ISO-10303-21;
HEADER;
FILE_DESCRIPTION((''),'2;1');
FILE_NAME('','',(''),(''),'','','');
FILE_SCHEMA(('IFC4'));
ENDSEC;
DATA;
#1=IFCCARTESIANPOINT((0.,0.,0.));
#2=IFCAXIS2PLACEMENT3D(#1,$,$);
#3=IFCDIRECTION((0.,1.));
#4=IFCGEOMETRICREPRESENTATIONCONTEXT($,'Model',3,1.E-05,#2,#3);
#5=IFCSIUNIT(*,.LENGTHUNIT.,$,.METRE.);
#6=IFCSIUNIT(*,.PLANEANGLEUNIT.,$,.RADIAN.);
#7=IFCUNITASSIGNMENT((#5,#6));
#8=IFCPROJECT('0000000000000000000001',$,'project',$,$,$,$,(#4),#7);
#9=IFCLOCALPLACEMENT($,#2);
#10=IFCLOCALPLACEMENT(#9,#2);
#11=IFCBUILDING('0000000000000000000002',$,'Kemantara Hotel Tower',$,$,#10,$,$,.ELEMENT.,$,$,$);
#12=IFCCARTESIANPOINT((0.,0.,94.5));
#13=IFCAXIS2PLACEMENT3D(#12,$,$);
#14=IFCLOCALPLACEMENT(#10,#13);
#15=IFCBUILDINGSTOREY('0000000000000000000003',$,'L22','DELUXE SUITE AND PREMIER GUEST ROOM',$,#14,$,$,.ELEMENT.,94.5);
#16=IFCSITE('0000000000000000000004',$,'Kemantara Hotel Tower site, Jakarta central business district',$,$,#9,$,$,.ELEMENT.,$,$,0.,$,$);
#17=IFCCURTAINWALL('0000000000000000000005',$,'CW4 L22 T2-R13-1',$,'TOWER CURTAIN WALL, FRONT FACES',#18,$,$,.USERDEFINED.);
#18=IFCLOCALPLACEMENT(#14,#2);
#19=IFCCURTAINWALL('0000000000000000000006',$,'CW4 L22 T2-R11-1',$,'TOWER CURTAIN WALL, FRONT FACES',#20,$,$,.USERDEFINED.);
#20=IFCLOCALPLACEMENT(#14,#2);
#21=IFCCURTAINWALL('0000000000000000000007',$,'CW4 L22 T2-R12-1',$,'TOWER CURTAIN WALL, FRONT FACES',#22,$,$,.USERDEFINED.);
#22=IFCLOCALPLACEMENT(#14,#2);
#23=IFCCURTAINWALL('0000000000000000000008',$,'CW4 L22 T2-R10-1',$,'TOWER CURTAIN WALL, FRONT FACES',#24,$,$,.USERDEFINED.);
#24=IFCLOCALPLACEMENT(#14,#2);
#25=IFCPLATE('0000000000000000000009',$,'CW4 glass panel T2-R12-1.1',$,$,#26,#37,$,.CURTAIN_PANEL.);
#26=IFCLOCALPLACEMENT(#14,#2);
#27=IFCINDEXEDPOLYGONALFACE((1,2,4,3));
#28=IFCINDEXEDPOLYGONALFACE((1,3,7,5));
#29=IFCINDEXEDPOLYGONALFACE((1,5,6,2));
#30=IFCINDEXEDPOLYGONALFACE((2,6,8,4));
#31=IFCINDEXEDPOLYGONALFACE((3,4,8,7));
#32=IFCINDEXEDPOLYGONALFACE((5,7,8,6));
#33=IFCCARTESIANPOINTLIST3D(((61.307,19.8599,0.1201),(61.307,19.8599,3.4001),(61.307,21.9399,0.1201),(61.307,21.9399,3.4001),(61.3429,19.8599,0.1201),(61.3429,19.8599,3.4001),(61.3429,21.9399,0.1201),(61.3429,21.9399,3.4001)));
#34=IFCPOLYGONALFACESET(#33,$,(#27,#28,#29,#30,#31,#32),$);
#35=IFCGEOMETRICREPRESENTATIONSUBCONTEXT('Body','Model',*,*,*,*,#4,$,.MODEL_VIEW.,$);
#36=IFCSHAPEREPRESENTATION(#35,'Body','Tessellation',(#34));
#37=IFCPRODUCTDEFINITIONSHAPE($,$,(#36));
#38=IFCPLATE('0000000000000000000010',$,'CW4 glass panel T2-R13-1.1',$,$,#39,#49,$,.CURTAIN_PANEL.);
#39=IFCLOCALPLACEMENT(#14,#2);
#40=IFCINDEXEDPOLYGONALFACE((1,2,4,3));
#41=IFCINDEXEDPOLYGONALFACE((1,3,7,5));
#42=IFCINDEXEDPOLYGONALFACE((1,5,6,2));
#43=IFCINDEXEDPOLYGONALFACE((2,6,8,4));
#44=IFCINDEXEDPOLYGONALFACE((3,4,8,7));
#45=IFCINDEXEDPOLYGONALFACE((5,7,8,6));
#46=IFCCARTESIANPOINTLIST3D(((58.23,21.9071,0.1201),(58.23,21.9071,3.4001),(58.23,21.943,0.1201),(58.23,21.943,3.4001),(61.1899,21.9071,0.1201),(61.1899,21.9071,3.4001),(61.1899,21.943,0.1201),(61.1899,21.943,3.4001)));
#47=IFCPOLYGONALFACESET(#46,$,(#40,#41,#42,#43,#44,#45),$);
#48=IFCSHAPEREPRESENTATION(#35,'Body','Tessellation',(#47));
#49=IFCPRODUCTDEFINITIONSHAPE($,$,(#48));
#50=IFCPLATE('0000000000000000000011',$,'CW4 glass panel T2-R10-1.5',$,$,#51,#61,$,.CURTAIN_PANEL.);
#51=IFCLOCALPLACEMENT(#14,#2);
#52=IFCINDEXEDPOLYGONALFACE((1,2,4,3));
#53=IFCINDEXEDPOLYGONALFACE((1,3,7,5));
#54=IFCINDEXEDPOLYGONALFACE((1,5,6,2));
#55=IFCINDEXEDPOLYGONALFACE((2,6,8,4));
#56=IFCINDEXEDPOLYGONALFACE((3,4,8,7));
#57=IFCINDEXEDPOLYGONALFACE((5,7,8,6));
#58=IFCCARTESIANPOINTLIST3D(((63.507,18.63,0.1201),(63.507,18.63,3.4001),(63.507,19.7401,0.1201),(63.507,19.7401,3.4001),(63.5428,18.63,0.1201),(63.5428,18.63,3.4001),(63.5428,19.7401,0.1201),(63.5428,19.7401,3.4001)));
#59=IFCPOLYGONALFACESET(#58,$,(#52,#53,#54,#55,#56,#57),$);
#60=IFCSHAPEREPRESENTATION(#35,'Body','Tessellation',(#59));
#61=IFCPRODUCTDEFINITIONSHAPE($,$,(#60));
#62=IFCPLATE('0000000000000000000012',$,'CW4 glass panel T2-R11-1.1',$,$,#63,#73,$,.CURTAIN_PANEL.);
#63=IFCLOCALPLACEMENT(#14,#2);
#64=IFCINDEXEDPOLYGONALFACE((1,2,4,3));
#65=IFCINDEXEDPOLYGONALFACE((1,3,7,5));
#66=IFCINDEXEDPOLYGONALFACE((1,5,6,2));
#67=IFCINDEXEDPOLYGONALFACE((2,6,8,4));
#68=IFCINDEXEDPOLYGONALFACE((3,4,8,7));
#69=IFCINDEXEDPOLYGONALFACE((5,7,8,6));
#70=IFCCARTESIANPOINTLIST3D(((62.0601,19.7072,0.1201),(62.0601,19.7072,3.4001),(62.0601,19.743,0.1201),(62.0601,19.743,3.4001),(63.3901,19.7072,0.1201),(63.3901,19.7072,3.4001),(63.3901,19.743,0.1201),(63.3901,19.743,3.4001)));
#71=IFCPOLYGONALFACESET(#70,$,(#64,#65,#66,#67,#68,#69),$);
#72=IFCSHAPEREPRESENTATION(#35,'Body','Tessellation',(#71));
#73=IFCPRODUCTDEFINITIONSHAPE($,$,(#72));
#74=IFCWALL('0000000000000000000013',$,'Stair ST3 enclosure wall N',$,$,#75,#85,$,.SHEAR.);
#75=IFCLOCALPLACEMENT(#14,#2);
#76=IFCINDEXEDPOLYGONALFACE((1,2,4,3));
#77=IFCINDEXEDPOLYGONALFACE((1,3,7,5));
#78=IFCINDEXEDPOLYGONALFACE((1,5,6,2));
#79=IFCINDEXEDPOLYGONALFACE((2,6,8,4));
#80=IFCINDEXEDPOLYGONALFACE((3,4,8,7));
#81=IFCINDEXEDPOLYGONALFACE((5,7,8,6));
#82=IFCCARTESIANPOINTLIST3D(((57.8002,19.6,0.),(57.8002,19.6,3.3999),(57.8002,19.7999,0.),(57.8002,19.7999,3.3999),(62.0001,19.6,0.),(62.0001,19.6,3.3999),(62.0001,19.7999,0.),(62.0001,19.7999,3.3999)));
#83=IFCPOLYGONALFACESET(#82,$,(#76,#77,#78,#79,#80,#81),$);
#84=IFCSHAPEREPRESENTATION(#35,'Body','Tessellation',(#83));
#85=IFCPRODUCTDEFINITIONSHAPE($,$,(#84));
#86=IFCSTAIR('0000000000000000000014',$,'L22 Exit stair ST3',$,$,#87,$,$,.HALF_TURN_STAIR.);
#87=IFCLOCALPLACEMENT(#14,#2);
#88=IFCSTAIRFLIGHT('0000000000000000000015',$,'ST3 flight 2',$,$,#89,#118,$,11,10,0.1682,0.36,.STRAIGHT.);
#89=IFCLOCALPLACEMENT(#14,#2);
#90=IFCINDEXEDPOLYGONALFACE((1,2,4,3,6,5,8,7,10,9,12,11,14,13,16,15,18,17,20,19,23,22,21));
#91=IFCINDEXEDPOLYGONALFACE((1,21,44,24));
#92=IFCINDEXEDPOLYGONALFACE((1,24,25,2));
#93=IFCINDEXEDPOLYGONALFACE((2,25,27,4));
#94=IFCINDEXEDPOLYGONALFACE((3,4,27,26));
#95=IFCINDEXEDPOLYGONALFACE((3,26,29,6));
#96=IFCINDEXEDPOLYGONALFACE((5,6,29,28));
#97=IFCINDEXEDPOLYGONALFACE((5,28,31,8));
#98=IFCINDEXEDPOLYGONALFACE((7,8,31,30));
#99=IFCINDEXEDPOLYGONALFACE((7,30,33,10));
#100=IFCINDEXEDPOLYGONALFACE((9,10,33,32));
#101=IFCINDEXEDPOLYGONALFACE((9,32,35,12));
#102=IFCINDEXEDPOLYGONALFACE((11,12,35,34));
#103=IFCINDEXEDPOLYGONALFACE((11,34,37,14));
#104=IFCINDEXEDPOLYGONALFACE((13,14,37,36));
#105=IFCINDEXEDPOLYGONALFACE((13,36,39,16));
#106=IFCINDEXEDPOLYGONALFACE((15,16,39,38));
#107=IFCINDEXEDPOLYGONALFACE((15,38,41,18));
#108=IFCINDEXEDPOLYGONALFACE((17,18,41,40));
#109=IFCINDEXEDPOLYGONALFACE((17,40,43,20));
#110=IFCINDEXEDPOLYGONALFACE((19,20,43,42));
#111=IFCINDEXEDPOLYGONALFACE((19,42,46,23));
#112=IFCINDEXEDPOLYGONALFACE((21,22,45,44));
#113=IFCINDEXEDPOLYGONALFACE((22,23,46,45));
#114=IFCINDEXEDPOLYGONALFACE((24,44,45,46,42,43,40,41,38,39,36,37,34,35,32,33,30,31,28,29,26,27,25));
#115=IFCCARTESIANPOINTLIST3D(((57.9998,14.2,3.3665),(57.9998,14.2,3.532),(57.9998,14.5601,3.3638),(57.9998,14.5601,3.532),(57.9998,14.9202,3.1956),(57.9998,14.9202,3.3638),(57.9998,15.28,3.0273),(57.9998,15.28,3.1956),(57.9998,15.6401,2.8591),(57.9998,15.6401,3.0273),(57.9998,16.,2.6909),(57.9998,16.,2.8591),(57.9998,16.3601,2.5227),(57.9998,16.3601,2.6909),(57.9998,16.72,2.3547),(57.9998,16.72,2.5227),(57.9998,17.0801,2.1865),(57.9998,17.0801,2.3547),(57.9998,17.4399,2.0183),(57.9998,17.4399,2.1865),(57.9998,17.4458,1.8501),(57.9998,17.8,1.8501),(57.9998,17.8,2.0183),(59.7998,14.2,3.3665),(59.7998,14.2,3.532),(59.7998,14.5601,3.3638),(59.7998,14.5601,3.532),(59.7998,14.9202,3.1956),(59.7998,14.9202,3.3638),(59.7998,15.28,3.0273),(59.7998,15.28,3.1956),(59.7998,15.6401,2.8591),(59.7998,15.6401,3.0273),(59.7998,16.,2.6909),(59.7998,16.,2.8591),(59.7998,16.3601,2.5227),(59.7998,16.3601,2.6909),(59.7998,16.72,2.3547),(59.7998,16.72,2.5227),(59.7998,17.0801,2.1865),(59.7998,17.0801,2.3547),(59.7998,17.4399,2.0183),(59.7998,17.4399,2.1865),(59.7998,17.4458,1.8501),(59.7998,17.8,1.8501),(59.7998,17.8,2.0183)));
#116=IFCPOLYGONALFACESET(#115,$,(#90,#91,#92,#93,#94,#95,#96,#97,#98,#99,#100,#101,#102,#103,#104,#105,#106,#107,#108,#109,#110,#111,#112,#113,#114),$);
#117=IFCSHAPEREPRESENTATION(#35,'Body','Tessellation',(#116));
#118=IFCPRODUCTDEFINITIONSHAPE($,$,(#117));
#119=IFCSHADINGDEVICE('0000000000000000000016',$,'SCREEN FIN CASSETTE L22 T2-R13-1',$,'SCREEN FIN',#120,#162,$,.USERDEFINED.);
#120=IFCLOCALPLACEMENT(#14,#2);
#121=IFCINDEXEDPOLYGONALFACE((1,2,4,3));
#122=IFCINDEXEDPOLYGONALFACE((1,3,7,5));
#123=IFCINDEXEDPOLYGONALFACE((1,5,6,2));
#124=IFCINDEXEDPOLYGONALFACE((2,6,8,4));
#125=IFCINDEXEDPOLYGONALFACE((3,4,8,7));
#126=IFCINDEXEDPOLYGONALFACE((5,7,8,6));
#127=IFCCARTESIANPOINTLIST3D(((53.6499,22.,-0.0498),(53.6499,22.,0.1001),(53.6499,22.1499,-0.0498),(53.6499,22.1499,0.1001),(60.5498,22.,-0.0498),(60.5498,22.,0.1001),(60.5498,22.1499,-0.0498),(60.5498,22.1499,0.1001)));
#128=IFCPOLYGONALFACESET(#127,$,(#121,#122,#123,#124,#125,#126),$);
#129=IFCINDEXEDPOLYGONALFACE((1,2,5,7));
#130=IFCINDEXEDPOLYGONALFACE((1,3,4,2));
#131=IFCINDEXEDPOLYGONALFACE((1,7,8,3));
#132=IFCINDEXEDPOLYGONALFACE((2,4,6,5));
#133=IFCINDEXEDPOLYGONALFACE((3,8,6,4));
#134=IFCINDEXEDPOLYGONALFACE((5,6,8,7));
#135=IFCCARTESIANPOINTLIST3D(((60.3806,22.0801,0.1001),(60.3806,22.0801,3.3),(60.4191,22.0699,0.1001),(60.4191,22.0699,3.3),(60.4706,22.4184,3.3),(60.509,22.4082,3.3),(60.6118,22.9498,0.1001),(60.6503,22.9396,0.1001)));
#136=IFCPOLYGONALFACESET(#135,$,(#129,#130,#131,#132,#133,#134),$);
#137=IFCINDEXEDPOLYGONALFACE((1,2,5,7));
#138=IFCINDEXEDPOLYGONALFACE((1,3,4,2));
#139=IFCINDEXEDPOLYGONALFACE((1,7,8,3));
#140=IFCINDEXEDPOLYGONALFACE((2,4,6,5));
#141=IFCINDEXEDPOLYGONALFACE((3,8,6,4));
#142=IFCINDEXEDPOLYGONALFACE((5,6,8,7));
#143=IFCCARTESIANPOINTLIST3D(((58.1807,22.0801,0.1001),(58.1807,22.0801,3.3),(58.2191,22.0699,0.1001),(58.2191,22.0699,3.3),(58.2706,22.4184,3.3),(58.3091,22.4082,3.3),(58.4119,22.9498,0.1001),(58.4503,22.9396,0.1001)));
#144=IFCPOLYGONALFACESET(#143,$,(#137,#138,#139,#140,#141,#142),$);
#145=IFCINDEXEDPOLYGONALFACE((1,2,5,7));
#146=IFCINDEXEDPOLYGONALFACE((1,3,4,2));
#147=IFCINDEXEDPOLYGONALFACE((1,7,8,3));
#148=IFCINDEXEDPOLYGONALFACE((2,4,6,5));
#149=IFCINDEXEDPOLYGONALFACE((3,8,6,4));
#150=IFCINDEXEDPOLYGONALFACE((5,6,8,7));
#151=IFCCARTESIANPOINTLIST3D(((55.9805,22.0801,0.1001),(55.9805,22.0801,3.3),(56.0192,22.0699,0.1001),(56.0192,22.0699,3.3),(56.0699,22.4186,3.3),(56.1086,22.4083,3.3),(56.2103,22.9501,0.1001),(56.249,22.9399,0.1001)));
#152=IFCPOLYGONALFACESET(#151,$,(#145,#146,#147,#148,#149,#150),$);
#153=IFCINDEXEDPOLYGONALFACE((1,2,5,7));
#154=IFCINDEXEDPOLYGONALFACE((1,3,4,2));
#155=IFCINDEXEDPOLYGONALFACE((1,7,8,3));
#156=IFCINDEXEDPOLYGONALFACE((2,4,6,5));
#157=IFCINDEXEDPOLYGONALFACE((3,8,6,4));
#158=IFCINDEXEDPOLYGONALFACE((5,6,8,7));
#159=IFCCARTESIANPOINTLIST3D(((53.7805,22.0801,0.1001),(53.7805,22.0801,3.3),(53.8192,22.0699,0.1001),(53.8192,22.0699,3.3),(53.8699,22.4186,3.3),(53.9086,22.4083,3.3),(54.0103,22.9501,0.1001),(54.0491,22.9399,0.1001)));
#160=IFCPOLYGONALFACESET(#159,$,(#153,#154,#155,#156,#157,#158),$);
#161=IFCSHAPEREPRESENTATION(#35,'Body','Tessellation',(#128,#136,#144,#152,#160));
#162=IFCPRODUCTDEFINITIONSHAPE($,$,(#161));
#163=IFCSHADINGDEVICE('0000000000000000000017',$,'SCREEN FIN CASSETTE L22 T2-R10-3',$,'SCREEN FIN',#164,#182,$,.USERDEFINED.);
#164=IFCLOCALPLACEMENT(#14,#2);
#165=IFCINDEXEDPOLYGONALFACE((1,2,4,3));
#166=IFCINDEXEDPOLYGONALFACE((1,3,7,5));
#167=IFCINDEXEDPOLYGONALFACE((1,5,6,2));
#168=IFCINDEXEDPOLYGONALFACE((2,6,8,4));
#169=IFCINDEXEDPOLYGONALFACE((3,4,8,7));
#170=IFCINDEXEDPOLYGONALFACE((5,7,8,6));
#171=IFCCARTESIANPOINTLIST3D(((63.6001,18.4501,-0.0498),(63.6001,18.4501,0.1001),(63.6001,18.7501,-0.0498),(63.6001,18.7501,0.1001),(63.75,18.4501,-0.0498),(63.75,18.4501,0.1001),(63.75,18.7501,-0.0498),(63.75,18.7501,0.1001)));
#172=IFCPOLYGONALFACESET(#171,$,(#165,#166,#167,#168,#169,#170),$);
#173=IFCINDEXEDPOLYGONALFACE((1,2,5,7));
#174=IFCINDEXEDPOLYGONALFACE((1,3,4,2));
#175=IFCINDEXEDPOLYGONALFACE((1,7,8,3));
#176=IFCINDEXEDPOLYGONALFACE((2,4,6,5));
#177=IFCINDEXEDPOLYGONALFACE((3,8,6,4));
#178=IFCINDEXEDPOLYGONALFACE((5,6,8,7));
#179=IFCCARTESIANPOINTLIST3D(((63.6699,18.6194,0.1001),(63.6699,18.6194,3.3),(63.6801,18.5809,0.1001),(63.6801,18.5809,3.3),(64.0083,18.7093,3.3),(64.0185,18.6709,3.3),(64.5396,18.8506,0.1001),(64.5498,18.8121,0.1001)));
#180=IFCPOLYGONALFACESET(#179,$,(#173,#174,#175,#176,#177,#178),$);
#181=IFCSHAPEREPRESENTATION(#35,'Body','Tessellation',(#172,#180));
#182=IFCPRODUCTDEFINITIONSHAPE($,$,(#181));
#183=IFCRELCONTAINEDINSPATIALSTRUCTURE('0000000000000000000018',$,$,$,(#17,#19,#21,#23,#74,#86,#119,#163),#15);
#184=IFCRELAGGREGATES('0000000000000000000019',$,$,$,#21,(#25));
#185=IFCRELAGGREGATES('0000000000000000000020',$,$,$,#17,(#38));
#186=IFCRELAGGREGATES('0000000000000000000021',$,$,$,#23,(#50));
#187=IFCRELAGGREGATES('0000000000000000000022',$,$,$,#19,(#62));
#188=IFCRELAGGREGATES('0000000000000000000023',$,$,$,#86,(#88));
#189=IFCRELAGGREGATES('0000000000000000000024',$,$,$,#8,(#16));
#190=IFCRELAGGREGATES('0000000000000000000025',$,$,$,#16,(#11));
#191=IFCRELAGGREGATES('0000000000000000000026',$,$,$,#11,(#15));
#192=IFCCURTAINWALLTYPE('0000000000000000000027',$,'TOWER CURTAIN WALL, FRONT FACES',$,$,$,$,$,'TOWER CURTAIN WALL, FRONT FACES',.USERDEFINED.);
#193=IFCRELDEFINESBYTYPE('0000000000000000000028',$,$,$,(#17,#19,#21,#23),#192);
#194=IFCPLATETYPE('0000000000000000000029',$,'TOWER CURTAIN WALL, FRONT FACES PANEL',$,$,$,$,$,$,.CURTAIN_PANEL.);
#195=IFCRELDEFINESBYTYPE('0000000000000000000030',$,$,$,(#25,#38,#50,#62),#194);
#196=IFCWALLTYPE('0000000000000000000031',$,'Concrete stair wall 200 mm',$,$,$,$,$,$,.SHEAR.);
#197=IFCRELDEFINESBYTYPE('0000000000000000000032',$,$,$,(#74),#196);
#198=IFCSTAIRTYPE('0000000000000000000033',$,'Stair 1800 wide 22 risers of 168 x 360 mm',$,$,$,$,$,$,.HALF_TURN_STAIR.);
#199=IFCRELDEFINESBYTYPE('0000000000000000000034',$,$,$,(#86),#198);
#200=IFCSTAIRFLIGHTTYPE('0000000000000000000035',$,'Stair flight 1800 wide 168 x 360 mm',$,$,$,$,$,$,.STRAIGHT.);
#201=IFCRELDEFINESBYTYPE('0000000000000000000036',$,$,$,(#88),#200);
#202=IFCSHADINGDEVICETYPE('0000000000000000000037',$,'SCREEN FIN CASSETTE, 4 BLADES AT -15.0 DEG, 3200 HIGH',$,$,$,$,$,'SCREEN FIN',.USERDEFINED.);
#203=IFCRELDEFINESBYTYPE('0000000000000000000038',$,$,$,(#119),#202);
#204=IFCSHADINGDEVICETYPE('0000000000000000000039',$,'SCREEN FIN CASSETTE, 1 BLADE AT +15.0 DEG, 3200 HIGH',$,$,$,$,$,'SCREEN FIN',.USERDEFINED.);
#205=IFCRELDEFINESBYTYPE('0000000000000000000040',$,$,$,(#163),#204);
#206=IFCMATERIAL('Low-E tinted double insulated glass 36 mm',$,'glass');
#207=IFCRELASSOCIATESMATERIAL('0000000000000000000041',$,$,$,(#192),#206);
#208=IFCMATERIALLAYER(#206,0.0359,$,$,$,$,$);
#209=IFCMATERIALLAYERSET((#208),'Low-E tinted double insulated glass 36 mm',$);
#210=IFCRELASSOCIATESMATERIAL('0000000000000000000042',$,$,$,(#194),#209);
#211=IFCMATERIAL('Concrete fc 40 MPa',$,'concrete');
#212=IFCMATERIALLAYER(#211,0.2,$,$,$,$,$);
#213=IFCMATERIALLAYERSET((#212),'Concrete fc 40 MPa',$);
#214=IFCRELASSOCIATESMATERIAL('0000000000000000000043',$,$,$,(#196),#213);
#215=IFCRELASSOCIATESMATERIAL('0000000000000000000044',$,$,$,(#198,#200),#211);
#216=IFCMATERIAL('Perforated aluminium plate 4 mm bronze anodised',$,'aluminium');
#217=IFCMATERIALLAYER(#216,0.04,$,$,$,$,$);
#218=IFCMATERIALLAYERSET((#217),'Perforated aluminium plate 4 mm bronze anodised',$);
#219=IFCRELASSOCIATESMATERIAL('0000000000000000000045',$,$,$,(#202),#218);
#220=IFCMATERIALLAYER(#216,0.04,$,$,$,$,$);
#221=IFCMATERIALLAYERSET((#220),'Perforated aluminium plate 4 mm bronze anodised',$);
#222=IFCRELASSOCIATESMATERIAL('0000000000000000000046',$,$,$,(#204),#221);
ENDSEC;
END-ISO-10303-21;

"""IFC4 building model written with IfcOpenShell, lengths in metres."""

from ifc_helpers import new_model, si_unit, direction, frame, frame_2d, origin, origin_2d, place, context, subcontext, project, spatial, polyline, rectangle, outline, extrude, source, transform, mapped, material, layer, layer_set, type_object, element, aggregate, save


model = new_model("IFC4")

# Units and contexts
model_context = context("Model", 3, precision=1e-05, world=origin(), true_north=direction((0.0, 1.0)))
body_context = subcontext(model_context, "Body", "Model", "MODEL_VIEW")
ifc_project = project(units=[si_unit("LENGTHUNIT", "METRE"), si_unit("PLANEANGLEUNIT", "RADIAN")], contexts=[model_context])

# Site, building, storey
site_placement = place(None, origin())
site = spatial("IfcSite", under=ifc_project, at=site_placement, Name="Kemantara Hotel Tower site, Jakarta central business district", CompositionType="ELEMENT", RefElevation=0.0)
building_placement = place(site_placement, origin())
building = spatial("IfcBuilding", under=site, at=building_placement, Name="Kemantara Hotel Tower", CompositionType="ELEMENT")
storey_placement = place(building_placement, frame((0.0, 0.0, 94.5)))
storey = spatial("IfcBuildingStorey", under=building, at=storey_placement, Name="L22", Description="DELUXE SUITE AND PREMIER GUEST ROOM", CompositionType="ELEMENT", Elevation=94.5)

# Curtain walls
ifc_material_1 = material(Name="Low-E tinted double insulated glass 36 mm", Category="glass")
curtain_wall_type = type_object("IfcCurtainWallType", Name="TOWER CURTAIN WALL, FRONT FACES", ElementType="TOWER CURTAIN WALL, FRONT FACES", PredefinedType="USERDEFINED", material=ifc_material_1)
curtain_wall_1_placement = place(storey_placement, origin())
curtain_wall_1 = element("IfcCurtainWall", 1, at=curtain_wall_1_placement, inside=storey, type_object=curtain_wall_type, Name="CW4 L22 T2-R13-1", ObjectType="TOWER CURTAIN WALL, FRONT FACES", PredefinedType="USERDEFINED")
curtain_wall_2_placement = place(storey_placement, origin())
curtain_wall_2 = element("IfcCurtainWall", 2, at=curtain_wall_2_placement, inside=storey, type_object=curtain_wall_type, Name="CW4 L22 T2-R11-1", ObjectType="TOWER CURTAIN WALL, FRONT FACES", PredefinedType="USERDEFINED")
curtain_wall_3_placement = place(storey_placement, origin())
curtain_wall_3 = element("IfcCurtainWall", 3, at=curtain_wall_3_placement, inside=storey, type_object=curtain_wall_type, Name="CW4 L22 T2-R12-1", ObjectType="TOWER CURTAIN WALL, FRONT FACES", PredefinedType="USERDEFINED")

# Curtain wall
curtain_wall_4_placement = place(storey_placement, origin())
curtain_wall_4 = element("IfcCurtainWall", 4, at=curtain_wall_4_placement, inside=storey, type_object=curtain_wall_type, Name="CW4 L22 T2-R10-1", ObjectType="TOWER CURTAIN WALL, FRONT FACES", PredefinedType="USERDEFINED")

# Plates
ifc_layer_1 = layer(ifc_material_1, 0.0359)
ifc_layer_set_1 = layer_set([ifc_layer_1], Name="Low-E tinted double insulated glass 36 mm")
plate_type = type_object("IfcPlateType", Name="TOWER CURTAIN WALL, FRONT FACES PANEL", PredefinedType="CURTAIN_PANEL", material=ifc_layer_set_1)
shared_shape_1 = source(origin(), body_context, "Body", "SweptSolid", [
    extrude(rectangle(XDim=2.0801, YDim=0.0359, at=origin_2d()), origin(), (0.0, 0.0, 1.0), 3.28),
])
plate_1_placement = place(storey_placement, frame((61.325, 20.8999, 0.1201), z_axis=(0.0, 0.0, 1.0), x_axis=(0.0, 1.0, 0.0)))
plate_1 = element("IfcPlate", 5, at=plate_1_placement, type_object=plate_type, Name="CW4 glass panel T2-R12-1.1", PredefinedType="CURTAIN_PANEL", context=body_context, shape_type="MappedRepresentation", body=[
    mapped(shared_shape_1, transform((0.0, 0.0, 0.0))),
])
aggregate(curtain_wall_3, [plate_1])
shared_shape_2 = source(origin(), body_context, "Body", "SweptSolid", [
    extrude(rectangle(XDim=2.96, YDim=0.0359, at=origin_2d()), origin(), (0.0, 0.0, 1.0), 3.28),
])
plate_2_placement = place(storey_placement, frame((59.71, 21.925, 0.1201), z_axis=(0.0, 0.0, 1.0), x_axis=(-1.0, 0.0, 0.0)))
plate_2 = element("IfcPlate", 6, at=plate_2_placement, type_object=plate_type, Name="CW4 glass panel T2-R13-1.1", PredefinedType="CURTAIN_PANEL", context=body_context, shape_type="MappedRepresentation", body=[
    mapped(shared_shape_2, transform((0.0, 0.0, 0.0))),
])
aggregate(curtain_wall_1, [plate_2])
shared_shape_3 = source(origin(), body_context, "Body", "SweptSolid", [
    extrude(rectangle(XDim=1.1101, YDim=0.0359, at=origin_2d()), origin(), (0.0, 0.0, 1.0), 3.28),
])
plate_3_placement = place(storey_placement, frame((63.5249, 19.1851, 0.1201), z_axis=(0.0, 0.0, 1.0), x_axis=(0.0, 1.0, 0.0)))
plate_3 = element("IfcPlate", 7, at=plate_3_placement, type_object=plate_type, Name="CW4 glass panel T2-R10-1.5", PredefinedType="CURTAIN_PANEL", context=body_context, shape_type="MappedRepresentation", body=[
    mapped(shared_shape_3, transform((0.0, 0.0, 0.0))),
])
aggregate(curtain_wall_4, [plate_3])
shared_shape_4 = source(origin(), body_context, "Body", "SweptSolid", [
    extrude(rectangle(XDim=1.3301, YDim=0.0359, at=origin_2d()), origin(), (0.0, 0.0, 1.0), 3.28),
])
plate_4_placement = place(storey_placement, frame((62.7251, 19.7251, 0.1201), z_axis=(0.0, 0.0, 1.0), x_axis=(-1.0, 0.0, 0.0)))
plate_4 = element("IfcPlate", 8, at=plate_4_placement, type_object=plate_type, Name="CW4 glass panel T2-R11-1.1", PredefinedType="CURTAIN_PANEL", context=body_context, shape_type="MappedRepresentation", body=[
    mapped(shared_shape_4, transform((0.0, 0.0, 0.0))),
])
aggregate(curtain_wall_2, [plate_4])

# Wall
ifc_material_2 = material(Name="Concrete fc 40 MPa", Category="concrete")
ifc_layer_2 = layer(ifc_material_2, 0.2)
ifc_layer_set_2 = layer_set([ifc_layer_2], Name="Concrete fc 40 MPa")
wall_type = type_object("IfcWallType", Name="Concrete stair wall 200 mm", PredefinedType="SHEAR", material=ifc_layer_set_2)
wall_placement = place(storey_placement, frame((57.8, 19.7, 0.0), z_axis=(0.0, 0.0, 1.0), x_axis=(1.0, 0.0, 0.0)))
element("IfcWall", 9, at=wall_placement, inside=storey, type_object=wall_type, Name="Stair ST3 enclosure wall N", PredefinedType="SHEAR", context=body_context, shape_type="SweptSolid", body=[
    extrude(rectangle(XDim=4.2, YDim=0.2, at=frame_2d((2.1001, 0.0))), origin(), (0.0, 0.0, 1.0), 3.3999),
])

# Stair, stair flight
stair_type = type_object("IfcStairType", Name="Stair 1800 wide 22 risers of 168 x 360 mm", PredefinedType="HALF_TURN_STAIR", material=ifc_material_2)
stair_placement = place(storey_placement, origin())
stair = element("IfcStair", 10, at=stair_placement, inside=storey, type_object=stair_type, Name="L22 Exit stair ST3", PredefinedType="HALF_TURN_STAIR")
stair_flight_type = type_object("IfcStairFlightType", Name="Stair flight 1800 wide 168 x 360 mm", PredefinedType="STRAIGHT", material=ifc_material_2)
stair_flight_placement = place(storey_placement, frame((58.8999, 17.8, 1.8501), z_axis=(0.0, 0.0, 1.0), x_axis=(0.0, -1.0, 0.0)))
stair_flight = element("IfcStairFlight", 11, at=stair_flight_placement, type_object=stair_flight_type, Name="ST3 flight 2", NumberOfRisers=11, NumberOfTreads=10, PredefinedType="STRAIGHT", RiserHeight=0.1682, TreadLength=0.36, context=body_context, shape_type="SweptSolid", body=[
    extrude(outline(polyline([(0.0, 0.0), (0.0, 0.1682), (0.3601, 0.1682), (0.3601, 0.3364), (0.72, 0.3364), (0.72, 0.5046), (1.0801, 0.5046), (1.0801, 0.6726), (1.4399, 0.6726), (1.4399, 0.8408), (1.8, 0.8408), (1.8, 1.009), (2.1599, 1.009), (2.1599, 1.1772), (2.52, 1.1772), (2.52, 1.3455), (2.8799, 1.3455), (2.8799, 1.5137), (3.24, 1.5137), (3.24, 1.6819), (3.6001, 1.6819), (3.6001, 1.8501), (3.6001, 1.5164), (0.3542, 0.0), (0.0, 0.0)])), frame((0.0, 0.8999, 0.0), z_axis=(0.0, -1.0, 0.0), x_axis=(1.0, 0.0, 0.0)), (0.0, 0.0, 1.0), 1.8),
])
aggregate(stair, [stair_flight])

# Shading devices
ifc_material_3 = material(Name="Perforated aluminium plate 4 mm bronze anodised", Category="aluminium")
ifc_layer_3 = layer(ifc_material_3, 0.04)
ifc_layer_set_3 = layer_set([ifc_layer_3], Name="Perforated aluminium plate 4 mm bronze anodised")
shading_device_type_1 = type_object("IfcShadingDeviceType", Name="SCREEN FIN CASSETTE, 4 BLADES AT -15.0 DEG, 3200 HIGH", ElementType="SCREEN FIN", PredefinedType="USERDEFINED", material=ifc_layer_set_3)
shared_shape_5 = source(origin(), body_context, "Body", "SweptSolid", [
    extrude(rectangle(XDim=6.8999, YDim=0.1499, at=origin_2d()), frame((3.3, -0.075, -0.1499), z_axis=(0.0, 0.0, 1.0), x_axis=(1.0, 0.0, 0.0)), (0.0, 0.0, 1.0), 0.1499),
    extrude(outline(polyline([(0.0, 0.0), (0.8999, 0.0), (0.3501, 3.2), (0.0, 3.2), (0.0, 0.0)])), frame((0.0193, -0.0801, 0.0), z_axis=(-0.966438, 0.256901, 0.0), x_axis=(-0.256901, -0.966438, 0.0)), (0.0, 0.0, 1.0), 0.0398),
    extrude(outline(polyline([(0.0, 0.0), (0.8999, 0.0), (0.3501, 3.2), (0.0, 3.2), (0.0, 0.0)])), frame((2.2192, -0.0801, 0.0), z_axis=(-0.966438, 0.256901, 0.0), x_axis=(-0.256901, -0.966438, 0.0)), (0.0, 0.0, 1.0), 0.0398),
    extrude(outline(polyline([(0.0, 0.0), (0.8999, 0.0), (0.3501, 3.2), (0.0, 3.2), (0.0, 0.0)])), frame((4.4194, -0.0801, 0.0), z_axis=(-0.966838, 0.255391, 0.0), x_axis=(-0.255391, -0.966838, 0.0)), (0.0, 0.0, 1.0), 0.04),
    extrude(outline(polyline([(0.0, 0.0), (0.8999, 0.0), (0.3501, 3.2), (0.0, 3.2), (0.0, 0.0)])), frame((6.6194, -0.0801, 0.0), z_axis=(-0.966838, 0.255391, 0.0), x_axis=(-0.255391, -0.966838, 0.0)), (0.0, 0.0, 1.0), 0.04),
])
shading_device_1_placement = place(storey_placement, frame((60.3999, 22.0, 0.1001), z_axis=(0.0, 0.0, 1.0), x_axis=(-1.0, 0.0, 0.0)))
element("IfcShadingDevice", 12, at=shading_device_1_placement, inside=storey, type_object=shading_device_type_1, Name="SCREEN FIN CASSETTE L22 T2-R13-1", ObjectType="SCREEN FIN", PredefinedType="USERDEFINED", context=body_context, shape_type="MappedRepresentation", body=[
    mapped(shared_shape_5, transform((0.0, 0.0, 0.0))),
])
ifc_layer_4 = layer(ifc_material_3, 0.04)
ifc_layer_set_4 = layer_set([ifc_layer_4], Name="Perforated aluminium plate 4 mm bronze anodised")
shading_device_type_2 = type_object("IfcShadingDeviceType", Name="SCREEN FIN CASSETTE, 1 BLADE AT +15.0 DEG, 3200 HIGH", ElementType="SCREEN FIN", PredefinedType="USERDEFINED", material=ifc_layer_set_4)
shared_shape_6 = source(origin(), body_context, "Body", "SweptSolid", [
    extrude(rectangle(XDim=0.3, YDim=0.1499, at=origin_2d()), frame((0.0, -0.075, -0.1499), z_axis=(0.0, 0.0, 1.0), x_axis=(1.0, 0.0, 0.0)), (0.0, 0.0, 1.0), 0.1499),
    extrude(outline(polyline([(0.0, 0.0), (0.8999, 0.0), (0.3501, 3.2), (0.0, 3.2), (0.0, 0.0)])), frame((0.0193, -0.0698, 0.0), z_axis=(-0.966438, -0.256901, 0.0), x_axis=(0.256901, -0.966438, 0.0)), (0.0, 0.0, 1.0), 0.0398),
])
shading_device_2_placement = place(storey_placement, frame((63.6001, 18.6001, 0.1001), z_axis=(0.0, 0.0, 1.0), x_axis=(0.0, 1.0, 0.0)))
element("IfcShadingDevice", 13, at=shading_device_2_placement, inside=storey, type_object=shading_device_type_2, Name="SCREEN FIN CASSETTE L22 T2-R10-3", ObjectType="SCREEN FIN", PredefinedType="USERDEFINED", context=body_context, shape_type="MappedRepresentation", body=[
    mapped(shared_shape_6, transform((0.0, 0.0, 0.0))),
])

save(model, "model.ifc")
